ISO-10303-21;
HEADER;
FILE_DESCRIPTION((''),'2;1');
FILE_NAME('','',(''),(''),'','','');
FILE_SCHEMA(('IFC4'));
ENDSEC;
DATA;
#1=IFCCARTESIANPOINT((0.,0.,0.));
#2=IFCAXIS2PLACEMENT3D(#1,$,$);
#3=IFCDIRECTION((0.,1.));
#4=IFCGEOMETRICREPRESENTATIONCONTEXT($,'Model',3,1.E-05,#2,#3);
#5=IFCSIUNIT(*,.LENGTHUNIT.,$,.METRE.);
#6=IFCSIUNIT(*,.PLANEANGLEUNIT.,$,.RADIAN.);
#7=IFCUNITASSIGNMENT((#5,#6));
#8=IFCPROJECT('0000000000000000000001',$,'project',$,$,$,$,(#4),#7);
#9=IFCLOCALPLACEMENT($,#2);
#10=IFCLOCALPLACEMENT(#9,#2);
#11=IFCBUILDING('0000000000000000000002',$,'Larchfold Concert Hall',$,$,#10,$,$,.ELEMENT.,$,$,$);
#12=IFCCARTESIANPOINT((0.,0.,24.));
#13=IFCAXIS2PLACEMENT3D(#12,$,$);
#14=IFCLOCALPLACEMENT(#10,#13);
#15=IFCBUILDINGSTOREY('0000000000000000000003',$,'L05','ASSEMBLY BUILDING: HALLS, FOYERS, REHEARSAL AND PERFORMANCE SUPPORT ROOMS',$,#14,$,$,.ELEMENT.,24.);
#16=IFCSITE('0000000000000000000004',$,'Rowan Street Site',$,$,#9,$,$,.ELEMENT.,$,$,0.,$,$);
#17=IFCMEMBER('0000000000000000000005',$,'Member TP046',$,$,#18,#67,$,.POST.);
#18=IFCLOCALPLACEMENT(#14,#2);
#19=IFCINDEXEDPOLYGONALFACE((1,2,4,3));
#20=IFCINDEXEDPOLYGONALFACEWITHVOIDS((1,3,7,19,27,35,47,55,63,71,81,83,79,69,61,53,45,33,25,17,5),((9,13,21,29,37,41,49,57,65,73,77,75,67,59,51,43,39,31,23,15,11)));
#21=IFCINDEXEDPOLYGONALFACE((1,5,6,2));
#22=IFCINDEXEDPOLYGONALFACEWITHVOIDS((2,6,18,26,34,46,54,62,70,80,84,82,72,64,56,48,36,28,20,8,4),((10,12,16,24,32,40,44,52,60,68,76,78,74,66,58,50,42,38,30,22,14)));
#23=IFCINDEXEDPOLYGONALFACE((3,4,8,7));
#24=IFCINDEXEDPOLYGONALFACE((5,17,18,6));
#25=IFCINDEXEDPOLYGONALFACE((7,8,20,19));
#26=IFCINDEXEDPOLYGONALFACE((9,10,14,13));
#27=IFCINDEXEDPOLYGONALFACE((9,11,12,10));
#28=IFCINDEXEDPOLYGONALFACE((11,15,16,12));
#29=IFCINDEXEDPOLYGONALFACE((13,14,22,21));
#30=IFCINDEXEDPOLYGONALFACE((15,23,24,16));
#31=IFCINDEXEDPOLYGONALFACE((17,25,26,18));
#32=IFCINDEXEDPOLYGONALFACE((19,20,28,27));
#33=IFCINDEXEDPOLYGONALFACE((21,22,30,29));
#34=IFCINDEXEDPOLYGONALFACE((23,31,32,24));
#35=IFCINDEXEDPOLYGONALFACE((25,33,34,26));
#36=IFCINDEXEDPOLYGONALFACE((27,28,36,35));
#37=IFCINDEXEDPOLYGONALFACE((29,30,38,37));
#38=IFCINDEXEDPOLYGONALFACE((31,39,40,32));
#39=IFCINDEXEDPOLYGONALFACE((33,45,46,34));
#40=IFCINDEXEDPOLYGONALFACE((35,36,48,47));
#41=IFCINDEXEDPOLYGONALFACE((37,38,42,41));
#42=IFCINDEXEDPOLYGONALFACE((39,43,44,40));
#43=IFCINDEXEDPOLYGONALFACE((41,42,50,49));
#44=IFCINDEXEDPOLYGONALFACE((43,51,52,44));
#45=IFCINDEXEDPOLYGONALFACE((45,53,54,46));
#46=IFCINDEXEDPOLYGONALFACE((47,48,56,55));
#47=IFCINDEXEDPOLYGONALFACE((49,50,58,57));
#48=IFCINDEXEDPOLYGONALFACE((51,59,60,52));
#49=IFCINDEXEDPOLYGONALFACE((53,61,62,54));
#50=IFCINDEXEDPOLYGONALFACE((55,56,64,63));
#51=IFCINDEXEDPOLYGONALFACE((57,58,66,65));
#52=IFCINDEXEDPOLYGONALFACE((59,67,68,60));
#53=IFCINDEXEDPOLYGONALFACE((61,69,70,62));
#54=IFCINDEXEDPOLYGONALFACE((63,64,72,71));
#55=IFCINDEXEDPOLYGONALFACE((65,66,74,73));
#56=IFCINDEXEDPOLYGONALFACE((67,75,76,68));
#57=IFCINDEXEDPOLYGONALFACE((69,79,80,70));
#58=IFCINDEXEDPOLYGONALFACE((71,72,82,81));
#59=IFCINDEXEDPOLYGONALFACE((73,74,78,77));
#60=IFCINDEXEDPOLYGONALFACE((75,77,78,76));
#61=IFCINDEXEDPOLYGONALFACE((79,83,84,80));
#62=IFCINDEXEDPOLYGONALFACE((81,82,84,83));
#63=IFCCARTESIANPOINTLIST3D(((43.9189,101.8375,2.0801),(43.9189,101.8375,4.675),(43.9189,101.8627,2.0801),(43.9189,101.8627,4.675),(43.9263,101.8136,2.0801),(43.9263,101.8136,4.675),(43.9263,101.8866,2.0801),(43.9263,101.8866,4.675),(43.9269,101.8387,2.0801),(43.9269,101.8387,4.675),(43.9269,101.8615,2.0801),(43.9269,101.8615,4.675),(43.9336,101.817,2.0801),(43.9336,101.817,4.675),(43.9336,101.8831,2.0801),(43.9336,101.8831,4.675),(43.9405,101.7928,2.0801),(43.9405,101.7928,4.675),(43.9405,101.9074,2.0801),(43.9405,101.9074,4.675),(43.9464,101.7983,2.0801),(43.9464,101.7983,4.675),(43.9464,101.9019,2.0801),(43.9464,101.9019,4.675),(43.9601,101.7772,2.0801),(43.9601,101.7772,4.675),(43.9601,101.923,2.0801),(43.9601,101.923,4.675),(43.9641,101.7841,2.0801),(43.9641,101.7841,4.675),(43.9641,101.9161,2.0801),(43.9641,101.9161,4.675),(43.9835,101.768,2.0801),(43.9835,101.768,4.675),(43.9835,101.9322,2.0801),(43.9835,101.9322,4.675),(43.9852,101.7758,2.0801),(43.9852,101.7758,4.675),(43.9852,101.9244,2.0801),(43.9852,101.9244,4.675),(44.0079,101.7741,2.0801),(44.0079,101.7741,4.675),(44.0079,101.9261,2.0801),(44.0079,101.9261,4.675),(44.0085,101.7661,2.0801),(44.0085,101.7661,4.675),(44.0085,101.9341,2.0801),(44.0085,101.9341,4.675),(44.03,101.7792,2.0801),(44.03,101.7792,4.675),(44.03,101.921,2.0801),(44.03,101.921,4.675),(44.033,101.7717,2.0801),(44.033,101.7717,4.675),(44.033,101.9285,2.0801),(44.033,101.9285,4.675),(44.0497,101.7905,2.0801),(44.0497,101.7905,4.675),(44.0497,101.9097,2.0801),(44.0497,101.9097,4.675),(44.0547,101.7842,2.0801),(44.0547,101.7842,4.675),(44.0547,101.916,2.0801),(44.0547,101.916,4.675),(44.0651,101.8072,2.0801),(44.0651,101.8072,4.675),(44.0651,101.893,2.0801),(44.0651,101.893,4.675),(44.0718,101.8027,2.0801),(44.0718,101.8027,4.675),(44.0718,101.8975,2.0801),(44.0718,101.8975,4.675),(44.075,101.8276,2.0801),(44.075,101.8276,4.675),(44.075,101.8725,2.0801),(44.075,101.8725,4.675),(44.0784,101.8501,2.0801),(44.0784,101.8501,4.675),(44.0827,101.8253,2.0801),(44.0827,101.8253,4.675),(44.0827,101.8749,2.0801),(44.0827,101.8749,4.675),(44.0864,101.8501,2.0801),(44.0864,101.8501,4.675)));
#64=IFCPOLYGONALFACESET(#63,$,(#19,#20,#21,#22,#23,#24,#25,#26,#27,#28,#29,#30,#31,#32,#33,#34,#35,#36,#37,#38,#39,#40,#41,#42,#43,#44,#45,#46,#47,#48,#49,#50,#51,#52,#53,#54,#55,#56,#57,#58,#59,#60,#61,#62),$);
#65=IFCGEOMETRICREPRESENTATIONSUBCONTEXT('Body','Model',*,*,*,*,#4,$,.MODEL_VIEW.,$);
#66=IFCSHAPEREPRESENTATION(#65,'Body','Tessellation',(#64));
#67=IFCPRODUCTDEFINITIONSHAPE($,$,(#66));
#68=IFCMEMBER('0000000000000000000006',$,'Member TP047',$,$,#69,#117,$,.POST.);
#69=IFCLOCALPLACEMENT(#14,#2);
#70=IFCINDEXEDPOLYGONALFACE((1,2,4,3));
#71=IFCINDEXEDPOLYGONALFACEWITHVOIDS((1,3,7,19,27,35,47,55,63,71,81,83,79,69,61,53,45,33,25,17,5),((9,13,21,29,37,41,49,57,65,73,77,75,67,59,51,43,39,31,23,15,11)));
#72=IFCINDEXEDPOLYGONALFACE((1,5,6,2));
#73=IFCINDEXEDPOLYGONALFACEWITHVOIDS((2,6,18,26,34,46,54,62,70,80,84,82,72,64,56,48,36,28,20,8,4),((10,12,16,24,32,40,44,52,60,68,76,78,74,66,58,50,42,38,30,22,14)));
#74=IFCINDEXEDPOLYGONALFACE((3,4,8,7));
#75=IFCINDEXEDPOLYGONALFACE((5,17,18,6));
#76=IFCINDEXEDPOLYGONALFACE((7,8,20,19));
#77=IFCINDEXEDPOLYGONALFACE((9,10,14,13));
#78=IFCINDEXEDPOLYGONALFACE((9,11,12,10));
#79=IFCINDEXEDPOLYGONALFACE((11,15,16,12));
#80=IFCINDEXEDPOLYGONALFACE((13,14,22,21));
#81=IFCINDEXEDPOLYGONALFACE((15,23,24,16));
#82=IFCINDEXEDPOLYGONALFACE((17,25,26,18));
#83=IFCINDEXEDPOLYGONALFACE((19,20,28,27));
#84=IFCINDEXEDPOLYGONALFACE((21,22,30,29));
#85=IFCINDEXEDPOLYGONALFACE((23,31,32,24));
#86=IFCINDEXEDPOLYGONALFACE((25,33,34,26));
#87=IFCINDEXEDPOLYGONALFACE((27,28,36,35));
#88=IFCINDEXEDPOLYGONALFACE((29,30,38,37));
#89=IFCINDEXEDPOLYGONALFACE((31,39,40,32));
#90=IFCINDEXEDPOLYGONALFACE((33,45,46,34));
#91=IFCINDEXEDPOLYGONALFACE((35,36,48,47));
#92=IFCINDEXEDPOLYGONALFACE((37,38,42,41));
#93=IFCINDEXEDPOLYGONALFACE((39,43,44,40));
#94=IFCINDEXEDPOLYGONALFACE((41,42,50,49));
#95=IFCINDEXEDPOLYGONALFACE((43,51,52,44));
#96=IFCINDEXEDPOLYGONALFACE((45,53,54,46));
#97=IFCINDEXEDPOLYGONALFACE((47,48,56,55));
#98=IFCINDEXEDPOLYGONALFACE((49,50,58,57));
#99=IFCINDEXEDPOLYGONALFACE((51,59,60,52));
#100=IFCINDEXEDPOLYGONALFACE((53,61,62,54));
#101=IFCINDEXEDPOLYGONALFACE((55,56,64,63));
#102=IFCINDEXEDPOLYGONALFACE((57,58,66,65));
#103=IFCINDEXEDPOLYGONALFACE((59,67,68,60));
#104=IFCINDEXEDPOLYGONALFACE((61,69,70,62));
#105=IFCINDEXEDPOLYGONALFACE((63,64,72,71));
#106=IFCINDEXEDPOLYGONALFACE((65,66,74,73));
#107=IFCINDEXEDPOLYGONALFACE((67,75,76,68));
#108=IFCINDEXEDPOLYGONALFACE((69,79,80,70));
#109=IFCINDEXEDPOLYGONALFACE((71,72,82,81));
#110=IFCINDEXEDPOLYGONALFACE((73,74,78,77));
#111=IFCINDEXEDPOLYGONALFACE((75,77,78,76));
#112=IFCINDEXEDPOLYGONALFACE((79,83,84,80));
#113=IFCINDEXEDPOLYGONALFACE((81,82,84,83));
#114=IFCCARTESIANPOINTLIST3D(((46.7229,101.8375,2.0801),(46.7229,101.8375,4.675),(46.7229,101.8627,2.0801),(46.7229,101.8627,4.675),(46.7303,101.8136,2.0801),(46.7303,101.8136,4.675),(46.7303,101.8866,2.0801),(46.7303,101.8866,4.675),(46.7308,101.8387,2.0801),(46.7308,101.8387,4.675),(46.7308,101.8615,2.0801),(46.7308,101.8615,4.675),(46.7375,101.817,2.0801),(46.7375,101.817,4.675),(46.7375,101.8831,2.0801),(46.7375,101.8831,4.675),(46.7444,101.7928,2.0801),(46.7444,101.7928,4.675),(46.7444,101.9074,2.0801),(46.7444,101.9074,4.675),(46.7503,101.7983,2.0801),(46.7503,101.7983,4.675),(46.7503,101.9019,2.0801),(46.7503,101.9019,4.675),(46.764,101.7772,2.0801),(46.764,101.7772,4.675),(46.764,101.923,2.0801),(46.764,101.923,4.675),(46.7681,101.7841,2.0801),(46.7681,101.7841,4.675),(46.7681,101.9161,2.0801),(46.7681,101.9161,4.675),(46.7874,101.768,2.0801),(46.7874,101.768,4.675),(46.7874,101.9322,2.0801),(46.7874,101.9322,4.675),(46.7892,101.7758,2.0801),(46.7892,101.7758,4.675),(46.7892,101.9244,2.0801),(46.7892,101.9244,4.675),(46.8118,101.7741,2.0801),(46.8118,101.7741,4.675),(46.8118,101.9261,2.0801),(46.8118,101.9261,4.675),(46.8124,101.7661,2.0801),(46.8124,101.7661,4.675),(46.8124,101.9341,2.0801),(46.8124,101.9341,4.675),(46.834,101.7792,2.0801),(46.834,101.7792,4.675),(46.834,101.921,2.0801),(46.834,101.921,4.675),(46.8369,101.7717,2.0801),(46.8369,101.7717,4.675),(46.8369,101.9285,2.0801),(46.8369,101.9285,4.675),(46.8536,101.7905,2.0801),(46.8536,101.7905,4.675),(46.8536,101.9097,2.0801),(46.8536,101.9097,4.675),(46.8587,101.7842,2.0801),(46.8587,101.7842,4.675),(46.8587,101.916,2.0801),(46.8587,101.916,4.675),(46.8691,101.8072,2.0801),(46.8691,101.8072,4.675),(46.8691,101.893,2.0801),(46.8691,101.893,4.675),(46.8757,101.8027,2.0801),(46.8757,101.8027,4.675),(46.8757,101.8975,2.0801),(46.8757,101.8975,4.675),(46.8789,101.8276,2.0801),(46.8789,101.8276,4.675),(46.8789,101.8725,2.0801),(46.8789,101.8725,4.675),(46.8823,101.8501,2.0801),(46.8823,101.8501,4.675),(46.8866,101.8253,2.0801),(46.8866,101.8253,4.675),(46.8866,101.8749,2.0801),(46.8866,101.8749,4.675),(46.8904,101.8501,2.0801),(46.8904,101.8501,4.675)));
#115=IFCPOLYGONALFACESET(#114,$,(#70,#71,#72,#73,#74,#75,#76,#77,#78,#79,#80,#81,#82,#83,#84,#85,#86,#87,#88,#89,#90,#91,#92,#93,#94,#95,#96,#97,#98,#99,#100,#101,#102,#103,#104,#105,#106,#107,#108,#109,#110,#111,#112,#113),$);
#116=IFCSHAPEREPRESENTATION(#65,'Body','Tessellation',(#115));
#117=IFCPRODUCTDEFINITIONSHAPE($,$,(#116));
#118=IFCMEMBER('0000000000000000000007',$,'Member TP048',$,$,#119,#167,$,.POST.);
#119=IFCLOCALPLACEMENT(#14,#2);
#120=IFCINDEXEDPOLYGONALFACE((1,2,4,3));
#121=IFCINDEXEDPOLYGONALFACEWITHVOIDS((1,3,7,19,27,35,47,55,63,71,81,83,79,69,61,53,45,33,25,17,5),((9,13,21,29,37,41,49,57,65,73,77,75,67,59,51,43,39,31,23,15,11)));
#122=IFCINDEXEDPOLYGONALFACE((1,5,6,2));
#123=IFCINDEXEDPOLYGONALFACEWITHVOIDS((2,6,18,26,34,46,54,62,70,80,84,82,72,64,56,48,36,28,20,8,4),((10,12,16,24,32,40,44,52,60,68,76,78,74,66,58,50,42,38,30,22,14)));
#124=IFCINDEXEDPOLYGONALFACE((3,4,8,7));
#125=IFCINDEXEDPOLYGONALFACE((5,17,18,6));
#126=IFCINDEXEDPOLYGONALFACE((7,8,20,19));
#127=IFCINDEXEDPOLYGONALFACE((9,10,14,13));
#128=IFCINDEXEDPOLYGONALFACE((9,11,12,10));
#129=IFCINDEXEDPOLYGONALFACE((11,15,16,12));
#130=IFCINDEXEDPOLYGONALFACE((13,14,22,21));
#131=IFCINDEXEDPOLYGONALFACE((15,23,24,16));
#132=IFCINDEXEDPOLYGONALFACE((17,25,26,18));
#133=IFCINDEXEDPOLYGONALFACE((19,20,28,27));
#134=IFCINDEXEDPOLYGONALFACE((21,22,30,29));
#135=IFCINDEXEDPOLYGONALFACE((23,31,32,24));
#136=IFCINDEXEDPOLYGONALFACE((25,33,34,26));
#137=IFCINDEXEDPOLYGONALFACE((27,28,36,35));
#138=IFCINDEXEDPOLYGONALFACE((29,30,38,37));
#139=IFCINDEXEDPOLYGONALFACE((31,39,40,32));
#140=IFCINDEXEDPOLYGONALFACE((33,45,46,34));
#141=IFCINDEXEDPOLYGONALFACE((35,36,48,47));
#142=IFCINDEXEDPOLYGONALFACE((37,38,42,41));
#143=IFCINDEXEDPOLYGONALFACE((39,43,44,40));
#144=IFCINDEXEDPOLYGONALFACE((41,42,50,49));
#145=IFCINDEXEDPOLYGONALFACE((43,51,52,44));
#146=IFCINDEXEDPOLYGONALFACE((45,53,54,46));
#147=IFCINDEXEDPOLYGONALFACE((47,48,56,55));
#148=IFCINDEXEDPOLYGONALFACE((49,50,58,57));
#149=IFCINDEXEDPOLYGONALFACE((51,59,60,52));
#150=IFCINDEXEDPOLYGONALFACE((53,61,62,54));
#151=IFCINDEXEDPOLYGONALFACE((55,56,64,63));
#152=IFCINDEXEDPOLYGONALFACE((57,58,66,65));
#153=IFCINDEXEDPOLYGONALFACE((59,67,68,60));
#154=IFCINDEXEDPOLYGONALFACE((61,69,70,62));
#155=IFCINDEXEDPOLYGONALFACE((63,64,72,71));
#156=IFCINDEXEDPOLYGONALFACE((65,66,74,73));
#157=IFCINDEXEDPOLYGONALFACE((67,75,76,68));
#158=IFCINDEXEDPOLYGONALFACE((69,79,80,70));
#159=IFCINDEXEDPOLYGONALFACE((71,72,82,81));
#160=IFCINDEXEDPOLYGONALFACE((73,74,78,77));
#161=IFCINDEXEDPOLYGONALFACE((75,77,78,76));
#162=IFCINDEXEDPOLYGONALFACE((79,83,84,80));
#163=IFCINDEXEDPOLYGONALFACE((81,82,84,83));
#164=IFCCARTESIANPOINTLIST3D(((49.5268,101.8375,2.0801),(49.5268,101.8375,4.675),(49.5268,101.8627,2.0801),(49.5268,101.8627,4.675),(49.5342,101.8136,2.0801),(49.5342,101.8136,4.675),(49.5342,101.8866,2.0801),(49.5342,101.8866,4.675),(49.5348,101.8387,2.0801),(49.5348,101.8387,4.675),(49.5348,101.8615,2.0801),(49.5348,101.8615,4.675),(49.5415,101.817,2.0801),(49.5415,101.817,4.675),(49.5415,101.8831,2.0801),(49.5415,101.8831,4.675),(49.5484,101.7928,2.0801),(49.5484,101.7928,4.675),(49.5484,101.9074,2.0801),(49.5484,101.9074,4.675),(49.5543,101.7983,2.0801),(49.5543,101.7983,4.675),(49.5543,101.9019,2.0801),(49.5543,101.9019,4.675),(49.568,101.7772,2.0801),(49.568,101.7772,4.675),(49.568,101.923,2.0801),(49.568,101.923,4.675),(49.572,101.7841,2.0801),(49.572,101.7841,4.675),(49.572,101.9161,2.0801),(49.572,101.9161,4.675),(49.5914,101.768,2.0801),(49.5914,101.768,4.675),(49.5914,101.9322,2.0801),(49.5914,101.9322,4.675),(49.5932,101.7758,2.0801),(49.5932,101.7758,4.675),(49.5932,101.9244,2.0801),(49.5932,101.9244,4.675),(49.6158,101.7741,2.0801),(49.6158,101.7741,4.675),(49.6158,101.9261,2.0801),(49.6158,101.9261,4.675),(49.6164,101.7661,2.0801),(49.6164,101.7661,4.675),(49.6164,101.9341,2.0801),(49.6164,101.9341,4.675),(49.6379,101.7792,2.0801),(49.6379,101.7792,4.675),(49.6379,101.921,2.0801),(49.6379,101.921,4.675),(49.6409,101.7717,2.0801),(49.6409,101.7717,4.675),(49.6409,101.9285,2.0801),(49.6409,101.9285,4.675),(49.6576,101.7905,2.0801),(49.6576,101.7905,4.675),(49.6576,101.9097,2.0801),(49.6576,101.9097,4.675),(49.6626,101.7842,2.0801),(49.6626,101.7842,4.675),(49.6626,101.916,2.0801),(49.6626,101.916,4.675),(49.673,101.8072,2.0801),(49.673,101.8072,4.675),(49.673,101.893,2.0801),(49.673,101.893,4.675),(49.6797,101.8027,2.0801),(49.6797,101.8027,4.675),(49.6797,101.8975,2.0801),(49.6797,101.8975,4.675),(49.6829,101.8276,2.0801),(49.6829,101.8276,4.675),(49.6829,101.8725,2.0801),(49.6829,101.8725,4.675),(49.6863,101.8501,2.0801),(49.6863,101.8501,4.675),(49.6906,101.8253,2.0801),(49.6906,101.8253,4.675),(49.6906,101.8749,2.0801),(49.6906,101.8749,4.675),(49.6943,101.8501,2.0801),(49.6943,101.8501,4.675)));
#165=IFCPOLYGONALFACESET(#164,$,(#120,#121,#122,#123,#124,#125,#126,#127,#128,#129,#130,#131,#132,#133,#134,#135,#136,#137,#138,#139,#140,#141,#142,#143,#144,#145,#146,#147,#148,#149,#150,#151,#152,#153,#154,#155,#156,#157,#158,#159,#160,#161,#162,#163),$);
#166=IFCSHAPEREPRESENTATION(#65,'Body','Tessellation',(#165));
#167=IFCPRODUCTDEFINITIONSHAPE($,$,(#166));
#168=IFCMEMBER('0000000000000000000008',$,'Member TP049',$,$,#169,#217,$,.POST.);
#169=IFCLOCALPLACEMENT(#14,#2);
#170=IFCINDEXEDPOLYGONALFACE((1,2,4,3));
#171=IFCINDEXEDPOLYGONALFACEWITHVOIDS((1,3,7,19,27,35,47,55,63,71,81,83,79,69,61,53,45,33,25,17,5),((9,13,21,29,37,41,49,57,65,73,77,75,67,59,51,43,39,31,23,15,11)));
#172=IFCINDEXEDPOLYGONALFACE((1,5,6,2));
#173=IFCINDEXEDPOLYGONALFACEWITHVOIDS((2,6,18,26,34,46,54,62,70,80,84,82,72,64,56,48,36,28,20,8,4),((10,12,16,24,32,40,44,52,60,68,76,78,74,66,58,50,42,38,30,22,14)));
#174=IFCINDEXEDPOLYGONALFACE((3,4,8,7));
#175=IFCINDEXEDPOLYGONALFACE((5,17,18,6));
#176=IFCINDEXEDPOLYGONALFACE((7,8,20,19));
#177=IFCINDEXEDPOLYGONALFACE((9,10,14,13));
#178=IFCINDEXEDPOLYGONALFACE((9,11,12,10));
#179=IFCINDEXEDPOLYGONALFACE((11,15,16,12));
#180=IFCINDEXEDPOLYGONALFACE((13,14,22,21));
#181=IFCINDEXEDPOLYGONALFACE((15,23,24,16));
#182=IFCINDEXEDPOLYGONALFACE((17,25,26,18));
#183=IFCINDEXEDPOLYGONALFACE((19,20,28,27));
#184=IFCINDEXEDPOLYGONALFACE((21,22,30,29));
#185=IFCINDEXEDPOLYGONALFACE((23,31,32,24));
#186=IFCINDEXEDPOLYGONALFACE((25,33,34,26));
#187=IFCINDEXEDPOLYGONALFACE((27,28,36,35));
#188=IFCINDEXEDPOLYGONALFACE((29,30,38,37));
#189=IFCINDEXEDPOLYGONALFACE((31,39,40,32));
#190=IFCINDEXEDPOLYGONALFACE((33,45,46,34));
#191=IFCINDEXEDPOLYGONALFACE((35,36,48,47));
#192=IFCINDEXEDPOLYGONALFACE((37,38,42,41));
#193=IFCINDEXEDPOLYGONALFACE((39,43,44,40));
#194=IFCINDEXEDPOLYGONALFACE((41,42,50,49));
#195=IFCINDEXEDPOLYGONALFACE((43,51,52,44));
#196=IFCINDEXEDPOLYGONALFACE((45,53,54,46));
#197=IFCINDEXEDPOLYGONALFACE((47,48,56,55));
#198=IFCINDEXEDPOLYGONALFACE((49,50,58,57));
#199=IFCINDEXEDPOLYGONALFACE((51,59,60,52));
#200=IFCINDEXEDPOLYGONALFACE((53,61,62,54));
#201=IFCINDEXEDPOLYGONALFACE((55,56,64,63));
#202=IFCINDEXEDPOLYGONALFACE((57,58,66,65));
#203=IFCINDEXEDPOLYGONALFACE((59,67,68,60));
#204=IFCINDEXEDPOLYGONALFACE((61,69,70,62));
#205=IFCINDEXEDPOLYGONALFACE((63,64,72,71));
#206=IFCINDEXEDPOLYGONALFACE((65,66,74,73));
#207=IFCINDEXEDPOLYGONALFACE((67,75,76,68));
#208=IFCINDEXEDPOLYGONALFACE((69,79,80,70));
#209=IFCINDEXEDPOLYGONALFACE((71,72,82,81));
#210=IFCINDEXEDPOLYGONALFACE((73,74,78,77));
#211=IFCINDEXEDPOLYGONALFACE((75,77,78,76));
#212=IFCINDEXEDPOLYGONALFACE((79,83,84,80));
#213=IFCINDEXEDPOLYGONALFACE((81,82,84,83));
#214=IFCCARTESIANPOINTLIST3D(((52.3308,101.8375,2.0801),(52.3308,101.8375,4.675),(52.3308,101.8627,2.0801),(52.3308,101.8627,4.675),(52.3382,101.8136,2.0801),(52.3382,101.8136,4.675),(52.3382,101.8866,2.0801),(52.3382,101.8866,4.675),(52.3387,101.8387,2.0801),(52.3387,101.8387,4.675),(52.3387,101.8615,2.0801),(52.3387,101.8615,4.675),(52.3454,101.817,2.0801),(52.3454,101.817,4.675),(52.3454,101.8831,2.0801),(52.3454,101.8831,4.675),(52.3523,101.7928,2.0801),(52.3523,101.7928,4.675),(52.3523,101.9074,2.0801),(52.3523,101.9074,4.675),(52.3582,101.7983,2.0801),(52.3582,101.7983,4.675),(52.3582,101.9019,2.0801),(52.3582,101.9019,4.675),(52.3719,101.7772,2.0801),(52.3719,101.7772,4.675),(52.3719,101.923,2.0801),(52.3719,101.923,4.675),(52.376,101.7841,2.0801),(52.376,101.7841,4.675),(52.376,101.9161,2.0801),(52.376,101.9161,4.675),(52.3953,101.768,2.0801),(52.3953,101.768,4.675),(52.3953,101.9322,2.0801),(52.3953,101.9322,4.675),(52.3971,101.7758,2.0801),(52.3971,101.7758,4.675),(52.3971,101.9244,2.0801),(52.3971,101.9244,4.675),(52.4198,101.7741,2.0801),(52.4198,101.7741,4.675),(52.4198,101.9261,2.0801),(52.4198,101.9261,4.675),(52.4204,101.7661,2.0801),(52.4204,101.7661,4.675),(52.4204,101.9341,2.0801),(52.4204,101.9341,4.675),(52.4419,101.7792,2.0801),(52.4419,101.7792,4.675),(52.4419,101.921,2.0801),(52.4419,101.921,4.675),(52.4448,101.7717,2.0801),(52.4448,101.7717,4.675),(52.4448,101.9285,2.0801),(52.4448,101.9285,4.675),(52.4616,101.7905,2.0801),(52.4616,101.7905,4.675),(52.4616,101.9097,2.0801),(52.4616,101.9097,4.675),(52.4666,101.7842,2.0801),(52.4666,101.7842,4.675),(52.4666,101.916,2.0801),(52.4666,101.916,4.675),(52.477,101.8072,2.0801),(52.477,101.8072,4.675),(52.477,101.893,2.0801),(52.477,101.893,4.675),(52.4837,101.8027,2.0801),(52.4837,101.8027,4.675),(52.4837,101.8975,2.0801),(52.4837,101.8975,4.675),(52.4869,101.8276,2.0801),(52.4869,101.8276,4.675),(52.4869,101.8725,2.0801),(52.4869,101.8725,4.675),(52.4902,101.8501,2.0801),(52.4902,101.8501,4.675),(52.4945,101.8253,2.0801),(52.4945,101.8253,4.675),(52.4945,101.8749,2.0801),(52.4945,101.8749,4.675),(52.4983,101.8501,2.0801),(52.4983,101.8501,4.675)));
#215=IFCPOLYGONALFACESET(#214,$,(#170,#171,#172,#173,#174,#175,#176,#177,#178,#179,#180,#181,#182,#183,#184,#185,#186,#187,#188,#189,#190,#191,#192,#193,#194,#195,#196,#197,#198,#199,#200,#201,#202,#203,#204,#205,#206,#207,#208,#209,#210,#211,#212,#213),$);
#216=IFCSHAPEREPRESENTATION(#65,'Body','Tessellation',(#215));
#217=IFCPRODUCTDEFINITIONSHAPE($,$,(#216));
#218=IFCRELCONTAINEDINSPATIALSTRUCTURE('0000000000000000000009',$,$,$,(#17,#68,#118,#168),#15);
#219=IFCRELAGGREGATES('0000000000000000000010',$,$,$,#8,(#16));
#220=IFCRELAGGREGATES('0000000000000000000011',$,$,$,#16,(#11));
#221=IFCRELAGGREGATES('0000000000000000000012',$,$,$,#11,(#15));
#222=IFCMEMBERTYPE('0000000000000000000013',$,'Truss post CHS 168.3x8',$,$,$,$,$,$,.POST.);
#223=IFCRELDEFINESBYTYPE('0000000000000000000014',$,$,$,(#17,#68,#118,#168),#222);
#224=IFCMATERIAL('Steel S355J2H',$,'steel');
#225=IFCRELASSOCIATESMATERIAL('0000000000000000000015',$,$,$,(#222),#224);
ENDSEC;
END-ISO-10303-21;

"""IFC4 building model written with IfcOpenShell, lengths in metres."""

from ifc_helpers import new_model, si_unit, direction, frame, origin, origin_2d, place, context, subcontext, project, spatial, hollow_circle, extrude, material, material_profile, profile_set, type_object, element, save


model = new_model("IFC4")

# Units and contexts
model_context = context("Model", 3, precision=1e-05, world=origin(), true_north=direction((0.0, 1.0)))
body_context = subcontext(model_context, "Body", "Model", "MODEL_VIEW")
ifc_project = project(units=[si_unit("LENGTHUNIT", "METRE"), si_unit("PLANEANGLEUNIT", "RADIAN")], contexts=[model_context])

# Site, building, storey
site_placement = place(None, origin())
site = spatial("IfcSite", under=ifc_project, at=site_placement, Name="Rowan Street Site", CompositionType="ELEMENT", RefElevation=0.0)
building_placement = place(site_placement, origin())
building = spatial("IfcBuilding", under=site, at=building_placement, Name="Larchfold Concert Hall", CompositionType="ELEMENT")
storey_placement = place(building_placement, frame((0.0, 0.0, 24.0)))
storey = spatial("IfcBuildingStorey", under=building, at=storey_placement, Name="L05", Description="ASSEMBLY BUILDING: HALLS, FOYERS, REHEARSAL AND PERFORMANCE SUPPORT ROOMS", CompositionType="ELEMENT", Elevation=24.0)

# Members
ifc_material_1 = material(Name="Steel S355J2H", Category="steel")
ifc_material_profile_1 = material_profile(ifc_material_1, hollow_circle(Radius=0.0842, WallThickness=0.0081, at=origin_2d()))
ifc_profile_set_1 = profile_set([ifc_material_profile_1], Name="Steel S355J2H")
member_type = type_object("IfcMemberType", Name="Truss post CHS 168.3x8", PredefinedType="POST", material=ifc_profile_set_1)
for number, where, z_axis, x_axis, name in (
    (1, (44.0022, 101.8501, 2.0801), (0.0, 0.0, 1.0), (1.0, 0.0, 0.0), "Member TP046"),
    (2, (46.8062, 101.8501, 2.0801), (0.0, 0.0, 1.0), (1.0, 0.0, 0.0), "Member TP047"),
    (3, (49.6101, 101.8501, 2.0801), (0.0, 0.0, 1.0), (1.0, 0.0, 0.0), "Member TP048"),
    (4, (52.4141, 101.8501, 2.0801), (0.0, 0.0, 1.0), (1.0, 0.0, 0.0), "Member TP049"),
):
    element("IfcMember", number, at=place(storey_placement, frame(where, z_axis=z_axis, x_axis=x_axis)), inside=storey, type_object=member_type, Name=name, PredefinedType="POST", context=body_context, shape_type="SweptSolid", body=[
        extrude(hollow_circle(Radius=0.0842, WallThickness=0.0081, at=origin_2d()), origin(), (0.0, 0.0, 1.0), 2.595),
    ])

save(model, "model.ifc")
